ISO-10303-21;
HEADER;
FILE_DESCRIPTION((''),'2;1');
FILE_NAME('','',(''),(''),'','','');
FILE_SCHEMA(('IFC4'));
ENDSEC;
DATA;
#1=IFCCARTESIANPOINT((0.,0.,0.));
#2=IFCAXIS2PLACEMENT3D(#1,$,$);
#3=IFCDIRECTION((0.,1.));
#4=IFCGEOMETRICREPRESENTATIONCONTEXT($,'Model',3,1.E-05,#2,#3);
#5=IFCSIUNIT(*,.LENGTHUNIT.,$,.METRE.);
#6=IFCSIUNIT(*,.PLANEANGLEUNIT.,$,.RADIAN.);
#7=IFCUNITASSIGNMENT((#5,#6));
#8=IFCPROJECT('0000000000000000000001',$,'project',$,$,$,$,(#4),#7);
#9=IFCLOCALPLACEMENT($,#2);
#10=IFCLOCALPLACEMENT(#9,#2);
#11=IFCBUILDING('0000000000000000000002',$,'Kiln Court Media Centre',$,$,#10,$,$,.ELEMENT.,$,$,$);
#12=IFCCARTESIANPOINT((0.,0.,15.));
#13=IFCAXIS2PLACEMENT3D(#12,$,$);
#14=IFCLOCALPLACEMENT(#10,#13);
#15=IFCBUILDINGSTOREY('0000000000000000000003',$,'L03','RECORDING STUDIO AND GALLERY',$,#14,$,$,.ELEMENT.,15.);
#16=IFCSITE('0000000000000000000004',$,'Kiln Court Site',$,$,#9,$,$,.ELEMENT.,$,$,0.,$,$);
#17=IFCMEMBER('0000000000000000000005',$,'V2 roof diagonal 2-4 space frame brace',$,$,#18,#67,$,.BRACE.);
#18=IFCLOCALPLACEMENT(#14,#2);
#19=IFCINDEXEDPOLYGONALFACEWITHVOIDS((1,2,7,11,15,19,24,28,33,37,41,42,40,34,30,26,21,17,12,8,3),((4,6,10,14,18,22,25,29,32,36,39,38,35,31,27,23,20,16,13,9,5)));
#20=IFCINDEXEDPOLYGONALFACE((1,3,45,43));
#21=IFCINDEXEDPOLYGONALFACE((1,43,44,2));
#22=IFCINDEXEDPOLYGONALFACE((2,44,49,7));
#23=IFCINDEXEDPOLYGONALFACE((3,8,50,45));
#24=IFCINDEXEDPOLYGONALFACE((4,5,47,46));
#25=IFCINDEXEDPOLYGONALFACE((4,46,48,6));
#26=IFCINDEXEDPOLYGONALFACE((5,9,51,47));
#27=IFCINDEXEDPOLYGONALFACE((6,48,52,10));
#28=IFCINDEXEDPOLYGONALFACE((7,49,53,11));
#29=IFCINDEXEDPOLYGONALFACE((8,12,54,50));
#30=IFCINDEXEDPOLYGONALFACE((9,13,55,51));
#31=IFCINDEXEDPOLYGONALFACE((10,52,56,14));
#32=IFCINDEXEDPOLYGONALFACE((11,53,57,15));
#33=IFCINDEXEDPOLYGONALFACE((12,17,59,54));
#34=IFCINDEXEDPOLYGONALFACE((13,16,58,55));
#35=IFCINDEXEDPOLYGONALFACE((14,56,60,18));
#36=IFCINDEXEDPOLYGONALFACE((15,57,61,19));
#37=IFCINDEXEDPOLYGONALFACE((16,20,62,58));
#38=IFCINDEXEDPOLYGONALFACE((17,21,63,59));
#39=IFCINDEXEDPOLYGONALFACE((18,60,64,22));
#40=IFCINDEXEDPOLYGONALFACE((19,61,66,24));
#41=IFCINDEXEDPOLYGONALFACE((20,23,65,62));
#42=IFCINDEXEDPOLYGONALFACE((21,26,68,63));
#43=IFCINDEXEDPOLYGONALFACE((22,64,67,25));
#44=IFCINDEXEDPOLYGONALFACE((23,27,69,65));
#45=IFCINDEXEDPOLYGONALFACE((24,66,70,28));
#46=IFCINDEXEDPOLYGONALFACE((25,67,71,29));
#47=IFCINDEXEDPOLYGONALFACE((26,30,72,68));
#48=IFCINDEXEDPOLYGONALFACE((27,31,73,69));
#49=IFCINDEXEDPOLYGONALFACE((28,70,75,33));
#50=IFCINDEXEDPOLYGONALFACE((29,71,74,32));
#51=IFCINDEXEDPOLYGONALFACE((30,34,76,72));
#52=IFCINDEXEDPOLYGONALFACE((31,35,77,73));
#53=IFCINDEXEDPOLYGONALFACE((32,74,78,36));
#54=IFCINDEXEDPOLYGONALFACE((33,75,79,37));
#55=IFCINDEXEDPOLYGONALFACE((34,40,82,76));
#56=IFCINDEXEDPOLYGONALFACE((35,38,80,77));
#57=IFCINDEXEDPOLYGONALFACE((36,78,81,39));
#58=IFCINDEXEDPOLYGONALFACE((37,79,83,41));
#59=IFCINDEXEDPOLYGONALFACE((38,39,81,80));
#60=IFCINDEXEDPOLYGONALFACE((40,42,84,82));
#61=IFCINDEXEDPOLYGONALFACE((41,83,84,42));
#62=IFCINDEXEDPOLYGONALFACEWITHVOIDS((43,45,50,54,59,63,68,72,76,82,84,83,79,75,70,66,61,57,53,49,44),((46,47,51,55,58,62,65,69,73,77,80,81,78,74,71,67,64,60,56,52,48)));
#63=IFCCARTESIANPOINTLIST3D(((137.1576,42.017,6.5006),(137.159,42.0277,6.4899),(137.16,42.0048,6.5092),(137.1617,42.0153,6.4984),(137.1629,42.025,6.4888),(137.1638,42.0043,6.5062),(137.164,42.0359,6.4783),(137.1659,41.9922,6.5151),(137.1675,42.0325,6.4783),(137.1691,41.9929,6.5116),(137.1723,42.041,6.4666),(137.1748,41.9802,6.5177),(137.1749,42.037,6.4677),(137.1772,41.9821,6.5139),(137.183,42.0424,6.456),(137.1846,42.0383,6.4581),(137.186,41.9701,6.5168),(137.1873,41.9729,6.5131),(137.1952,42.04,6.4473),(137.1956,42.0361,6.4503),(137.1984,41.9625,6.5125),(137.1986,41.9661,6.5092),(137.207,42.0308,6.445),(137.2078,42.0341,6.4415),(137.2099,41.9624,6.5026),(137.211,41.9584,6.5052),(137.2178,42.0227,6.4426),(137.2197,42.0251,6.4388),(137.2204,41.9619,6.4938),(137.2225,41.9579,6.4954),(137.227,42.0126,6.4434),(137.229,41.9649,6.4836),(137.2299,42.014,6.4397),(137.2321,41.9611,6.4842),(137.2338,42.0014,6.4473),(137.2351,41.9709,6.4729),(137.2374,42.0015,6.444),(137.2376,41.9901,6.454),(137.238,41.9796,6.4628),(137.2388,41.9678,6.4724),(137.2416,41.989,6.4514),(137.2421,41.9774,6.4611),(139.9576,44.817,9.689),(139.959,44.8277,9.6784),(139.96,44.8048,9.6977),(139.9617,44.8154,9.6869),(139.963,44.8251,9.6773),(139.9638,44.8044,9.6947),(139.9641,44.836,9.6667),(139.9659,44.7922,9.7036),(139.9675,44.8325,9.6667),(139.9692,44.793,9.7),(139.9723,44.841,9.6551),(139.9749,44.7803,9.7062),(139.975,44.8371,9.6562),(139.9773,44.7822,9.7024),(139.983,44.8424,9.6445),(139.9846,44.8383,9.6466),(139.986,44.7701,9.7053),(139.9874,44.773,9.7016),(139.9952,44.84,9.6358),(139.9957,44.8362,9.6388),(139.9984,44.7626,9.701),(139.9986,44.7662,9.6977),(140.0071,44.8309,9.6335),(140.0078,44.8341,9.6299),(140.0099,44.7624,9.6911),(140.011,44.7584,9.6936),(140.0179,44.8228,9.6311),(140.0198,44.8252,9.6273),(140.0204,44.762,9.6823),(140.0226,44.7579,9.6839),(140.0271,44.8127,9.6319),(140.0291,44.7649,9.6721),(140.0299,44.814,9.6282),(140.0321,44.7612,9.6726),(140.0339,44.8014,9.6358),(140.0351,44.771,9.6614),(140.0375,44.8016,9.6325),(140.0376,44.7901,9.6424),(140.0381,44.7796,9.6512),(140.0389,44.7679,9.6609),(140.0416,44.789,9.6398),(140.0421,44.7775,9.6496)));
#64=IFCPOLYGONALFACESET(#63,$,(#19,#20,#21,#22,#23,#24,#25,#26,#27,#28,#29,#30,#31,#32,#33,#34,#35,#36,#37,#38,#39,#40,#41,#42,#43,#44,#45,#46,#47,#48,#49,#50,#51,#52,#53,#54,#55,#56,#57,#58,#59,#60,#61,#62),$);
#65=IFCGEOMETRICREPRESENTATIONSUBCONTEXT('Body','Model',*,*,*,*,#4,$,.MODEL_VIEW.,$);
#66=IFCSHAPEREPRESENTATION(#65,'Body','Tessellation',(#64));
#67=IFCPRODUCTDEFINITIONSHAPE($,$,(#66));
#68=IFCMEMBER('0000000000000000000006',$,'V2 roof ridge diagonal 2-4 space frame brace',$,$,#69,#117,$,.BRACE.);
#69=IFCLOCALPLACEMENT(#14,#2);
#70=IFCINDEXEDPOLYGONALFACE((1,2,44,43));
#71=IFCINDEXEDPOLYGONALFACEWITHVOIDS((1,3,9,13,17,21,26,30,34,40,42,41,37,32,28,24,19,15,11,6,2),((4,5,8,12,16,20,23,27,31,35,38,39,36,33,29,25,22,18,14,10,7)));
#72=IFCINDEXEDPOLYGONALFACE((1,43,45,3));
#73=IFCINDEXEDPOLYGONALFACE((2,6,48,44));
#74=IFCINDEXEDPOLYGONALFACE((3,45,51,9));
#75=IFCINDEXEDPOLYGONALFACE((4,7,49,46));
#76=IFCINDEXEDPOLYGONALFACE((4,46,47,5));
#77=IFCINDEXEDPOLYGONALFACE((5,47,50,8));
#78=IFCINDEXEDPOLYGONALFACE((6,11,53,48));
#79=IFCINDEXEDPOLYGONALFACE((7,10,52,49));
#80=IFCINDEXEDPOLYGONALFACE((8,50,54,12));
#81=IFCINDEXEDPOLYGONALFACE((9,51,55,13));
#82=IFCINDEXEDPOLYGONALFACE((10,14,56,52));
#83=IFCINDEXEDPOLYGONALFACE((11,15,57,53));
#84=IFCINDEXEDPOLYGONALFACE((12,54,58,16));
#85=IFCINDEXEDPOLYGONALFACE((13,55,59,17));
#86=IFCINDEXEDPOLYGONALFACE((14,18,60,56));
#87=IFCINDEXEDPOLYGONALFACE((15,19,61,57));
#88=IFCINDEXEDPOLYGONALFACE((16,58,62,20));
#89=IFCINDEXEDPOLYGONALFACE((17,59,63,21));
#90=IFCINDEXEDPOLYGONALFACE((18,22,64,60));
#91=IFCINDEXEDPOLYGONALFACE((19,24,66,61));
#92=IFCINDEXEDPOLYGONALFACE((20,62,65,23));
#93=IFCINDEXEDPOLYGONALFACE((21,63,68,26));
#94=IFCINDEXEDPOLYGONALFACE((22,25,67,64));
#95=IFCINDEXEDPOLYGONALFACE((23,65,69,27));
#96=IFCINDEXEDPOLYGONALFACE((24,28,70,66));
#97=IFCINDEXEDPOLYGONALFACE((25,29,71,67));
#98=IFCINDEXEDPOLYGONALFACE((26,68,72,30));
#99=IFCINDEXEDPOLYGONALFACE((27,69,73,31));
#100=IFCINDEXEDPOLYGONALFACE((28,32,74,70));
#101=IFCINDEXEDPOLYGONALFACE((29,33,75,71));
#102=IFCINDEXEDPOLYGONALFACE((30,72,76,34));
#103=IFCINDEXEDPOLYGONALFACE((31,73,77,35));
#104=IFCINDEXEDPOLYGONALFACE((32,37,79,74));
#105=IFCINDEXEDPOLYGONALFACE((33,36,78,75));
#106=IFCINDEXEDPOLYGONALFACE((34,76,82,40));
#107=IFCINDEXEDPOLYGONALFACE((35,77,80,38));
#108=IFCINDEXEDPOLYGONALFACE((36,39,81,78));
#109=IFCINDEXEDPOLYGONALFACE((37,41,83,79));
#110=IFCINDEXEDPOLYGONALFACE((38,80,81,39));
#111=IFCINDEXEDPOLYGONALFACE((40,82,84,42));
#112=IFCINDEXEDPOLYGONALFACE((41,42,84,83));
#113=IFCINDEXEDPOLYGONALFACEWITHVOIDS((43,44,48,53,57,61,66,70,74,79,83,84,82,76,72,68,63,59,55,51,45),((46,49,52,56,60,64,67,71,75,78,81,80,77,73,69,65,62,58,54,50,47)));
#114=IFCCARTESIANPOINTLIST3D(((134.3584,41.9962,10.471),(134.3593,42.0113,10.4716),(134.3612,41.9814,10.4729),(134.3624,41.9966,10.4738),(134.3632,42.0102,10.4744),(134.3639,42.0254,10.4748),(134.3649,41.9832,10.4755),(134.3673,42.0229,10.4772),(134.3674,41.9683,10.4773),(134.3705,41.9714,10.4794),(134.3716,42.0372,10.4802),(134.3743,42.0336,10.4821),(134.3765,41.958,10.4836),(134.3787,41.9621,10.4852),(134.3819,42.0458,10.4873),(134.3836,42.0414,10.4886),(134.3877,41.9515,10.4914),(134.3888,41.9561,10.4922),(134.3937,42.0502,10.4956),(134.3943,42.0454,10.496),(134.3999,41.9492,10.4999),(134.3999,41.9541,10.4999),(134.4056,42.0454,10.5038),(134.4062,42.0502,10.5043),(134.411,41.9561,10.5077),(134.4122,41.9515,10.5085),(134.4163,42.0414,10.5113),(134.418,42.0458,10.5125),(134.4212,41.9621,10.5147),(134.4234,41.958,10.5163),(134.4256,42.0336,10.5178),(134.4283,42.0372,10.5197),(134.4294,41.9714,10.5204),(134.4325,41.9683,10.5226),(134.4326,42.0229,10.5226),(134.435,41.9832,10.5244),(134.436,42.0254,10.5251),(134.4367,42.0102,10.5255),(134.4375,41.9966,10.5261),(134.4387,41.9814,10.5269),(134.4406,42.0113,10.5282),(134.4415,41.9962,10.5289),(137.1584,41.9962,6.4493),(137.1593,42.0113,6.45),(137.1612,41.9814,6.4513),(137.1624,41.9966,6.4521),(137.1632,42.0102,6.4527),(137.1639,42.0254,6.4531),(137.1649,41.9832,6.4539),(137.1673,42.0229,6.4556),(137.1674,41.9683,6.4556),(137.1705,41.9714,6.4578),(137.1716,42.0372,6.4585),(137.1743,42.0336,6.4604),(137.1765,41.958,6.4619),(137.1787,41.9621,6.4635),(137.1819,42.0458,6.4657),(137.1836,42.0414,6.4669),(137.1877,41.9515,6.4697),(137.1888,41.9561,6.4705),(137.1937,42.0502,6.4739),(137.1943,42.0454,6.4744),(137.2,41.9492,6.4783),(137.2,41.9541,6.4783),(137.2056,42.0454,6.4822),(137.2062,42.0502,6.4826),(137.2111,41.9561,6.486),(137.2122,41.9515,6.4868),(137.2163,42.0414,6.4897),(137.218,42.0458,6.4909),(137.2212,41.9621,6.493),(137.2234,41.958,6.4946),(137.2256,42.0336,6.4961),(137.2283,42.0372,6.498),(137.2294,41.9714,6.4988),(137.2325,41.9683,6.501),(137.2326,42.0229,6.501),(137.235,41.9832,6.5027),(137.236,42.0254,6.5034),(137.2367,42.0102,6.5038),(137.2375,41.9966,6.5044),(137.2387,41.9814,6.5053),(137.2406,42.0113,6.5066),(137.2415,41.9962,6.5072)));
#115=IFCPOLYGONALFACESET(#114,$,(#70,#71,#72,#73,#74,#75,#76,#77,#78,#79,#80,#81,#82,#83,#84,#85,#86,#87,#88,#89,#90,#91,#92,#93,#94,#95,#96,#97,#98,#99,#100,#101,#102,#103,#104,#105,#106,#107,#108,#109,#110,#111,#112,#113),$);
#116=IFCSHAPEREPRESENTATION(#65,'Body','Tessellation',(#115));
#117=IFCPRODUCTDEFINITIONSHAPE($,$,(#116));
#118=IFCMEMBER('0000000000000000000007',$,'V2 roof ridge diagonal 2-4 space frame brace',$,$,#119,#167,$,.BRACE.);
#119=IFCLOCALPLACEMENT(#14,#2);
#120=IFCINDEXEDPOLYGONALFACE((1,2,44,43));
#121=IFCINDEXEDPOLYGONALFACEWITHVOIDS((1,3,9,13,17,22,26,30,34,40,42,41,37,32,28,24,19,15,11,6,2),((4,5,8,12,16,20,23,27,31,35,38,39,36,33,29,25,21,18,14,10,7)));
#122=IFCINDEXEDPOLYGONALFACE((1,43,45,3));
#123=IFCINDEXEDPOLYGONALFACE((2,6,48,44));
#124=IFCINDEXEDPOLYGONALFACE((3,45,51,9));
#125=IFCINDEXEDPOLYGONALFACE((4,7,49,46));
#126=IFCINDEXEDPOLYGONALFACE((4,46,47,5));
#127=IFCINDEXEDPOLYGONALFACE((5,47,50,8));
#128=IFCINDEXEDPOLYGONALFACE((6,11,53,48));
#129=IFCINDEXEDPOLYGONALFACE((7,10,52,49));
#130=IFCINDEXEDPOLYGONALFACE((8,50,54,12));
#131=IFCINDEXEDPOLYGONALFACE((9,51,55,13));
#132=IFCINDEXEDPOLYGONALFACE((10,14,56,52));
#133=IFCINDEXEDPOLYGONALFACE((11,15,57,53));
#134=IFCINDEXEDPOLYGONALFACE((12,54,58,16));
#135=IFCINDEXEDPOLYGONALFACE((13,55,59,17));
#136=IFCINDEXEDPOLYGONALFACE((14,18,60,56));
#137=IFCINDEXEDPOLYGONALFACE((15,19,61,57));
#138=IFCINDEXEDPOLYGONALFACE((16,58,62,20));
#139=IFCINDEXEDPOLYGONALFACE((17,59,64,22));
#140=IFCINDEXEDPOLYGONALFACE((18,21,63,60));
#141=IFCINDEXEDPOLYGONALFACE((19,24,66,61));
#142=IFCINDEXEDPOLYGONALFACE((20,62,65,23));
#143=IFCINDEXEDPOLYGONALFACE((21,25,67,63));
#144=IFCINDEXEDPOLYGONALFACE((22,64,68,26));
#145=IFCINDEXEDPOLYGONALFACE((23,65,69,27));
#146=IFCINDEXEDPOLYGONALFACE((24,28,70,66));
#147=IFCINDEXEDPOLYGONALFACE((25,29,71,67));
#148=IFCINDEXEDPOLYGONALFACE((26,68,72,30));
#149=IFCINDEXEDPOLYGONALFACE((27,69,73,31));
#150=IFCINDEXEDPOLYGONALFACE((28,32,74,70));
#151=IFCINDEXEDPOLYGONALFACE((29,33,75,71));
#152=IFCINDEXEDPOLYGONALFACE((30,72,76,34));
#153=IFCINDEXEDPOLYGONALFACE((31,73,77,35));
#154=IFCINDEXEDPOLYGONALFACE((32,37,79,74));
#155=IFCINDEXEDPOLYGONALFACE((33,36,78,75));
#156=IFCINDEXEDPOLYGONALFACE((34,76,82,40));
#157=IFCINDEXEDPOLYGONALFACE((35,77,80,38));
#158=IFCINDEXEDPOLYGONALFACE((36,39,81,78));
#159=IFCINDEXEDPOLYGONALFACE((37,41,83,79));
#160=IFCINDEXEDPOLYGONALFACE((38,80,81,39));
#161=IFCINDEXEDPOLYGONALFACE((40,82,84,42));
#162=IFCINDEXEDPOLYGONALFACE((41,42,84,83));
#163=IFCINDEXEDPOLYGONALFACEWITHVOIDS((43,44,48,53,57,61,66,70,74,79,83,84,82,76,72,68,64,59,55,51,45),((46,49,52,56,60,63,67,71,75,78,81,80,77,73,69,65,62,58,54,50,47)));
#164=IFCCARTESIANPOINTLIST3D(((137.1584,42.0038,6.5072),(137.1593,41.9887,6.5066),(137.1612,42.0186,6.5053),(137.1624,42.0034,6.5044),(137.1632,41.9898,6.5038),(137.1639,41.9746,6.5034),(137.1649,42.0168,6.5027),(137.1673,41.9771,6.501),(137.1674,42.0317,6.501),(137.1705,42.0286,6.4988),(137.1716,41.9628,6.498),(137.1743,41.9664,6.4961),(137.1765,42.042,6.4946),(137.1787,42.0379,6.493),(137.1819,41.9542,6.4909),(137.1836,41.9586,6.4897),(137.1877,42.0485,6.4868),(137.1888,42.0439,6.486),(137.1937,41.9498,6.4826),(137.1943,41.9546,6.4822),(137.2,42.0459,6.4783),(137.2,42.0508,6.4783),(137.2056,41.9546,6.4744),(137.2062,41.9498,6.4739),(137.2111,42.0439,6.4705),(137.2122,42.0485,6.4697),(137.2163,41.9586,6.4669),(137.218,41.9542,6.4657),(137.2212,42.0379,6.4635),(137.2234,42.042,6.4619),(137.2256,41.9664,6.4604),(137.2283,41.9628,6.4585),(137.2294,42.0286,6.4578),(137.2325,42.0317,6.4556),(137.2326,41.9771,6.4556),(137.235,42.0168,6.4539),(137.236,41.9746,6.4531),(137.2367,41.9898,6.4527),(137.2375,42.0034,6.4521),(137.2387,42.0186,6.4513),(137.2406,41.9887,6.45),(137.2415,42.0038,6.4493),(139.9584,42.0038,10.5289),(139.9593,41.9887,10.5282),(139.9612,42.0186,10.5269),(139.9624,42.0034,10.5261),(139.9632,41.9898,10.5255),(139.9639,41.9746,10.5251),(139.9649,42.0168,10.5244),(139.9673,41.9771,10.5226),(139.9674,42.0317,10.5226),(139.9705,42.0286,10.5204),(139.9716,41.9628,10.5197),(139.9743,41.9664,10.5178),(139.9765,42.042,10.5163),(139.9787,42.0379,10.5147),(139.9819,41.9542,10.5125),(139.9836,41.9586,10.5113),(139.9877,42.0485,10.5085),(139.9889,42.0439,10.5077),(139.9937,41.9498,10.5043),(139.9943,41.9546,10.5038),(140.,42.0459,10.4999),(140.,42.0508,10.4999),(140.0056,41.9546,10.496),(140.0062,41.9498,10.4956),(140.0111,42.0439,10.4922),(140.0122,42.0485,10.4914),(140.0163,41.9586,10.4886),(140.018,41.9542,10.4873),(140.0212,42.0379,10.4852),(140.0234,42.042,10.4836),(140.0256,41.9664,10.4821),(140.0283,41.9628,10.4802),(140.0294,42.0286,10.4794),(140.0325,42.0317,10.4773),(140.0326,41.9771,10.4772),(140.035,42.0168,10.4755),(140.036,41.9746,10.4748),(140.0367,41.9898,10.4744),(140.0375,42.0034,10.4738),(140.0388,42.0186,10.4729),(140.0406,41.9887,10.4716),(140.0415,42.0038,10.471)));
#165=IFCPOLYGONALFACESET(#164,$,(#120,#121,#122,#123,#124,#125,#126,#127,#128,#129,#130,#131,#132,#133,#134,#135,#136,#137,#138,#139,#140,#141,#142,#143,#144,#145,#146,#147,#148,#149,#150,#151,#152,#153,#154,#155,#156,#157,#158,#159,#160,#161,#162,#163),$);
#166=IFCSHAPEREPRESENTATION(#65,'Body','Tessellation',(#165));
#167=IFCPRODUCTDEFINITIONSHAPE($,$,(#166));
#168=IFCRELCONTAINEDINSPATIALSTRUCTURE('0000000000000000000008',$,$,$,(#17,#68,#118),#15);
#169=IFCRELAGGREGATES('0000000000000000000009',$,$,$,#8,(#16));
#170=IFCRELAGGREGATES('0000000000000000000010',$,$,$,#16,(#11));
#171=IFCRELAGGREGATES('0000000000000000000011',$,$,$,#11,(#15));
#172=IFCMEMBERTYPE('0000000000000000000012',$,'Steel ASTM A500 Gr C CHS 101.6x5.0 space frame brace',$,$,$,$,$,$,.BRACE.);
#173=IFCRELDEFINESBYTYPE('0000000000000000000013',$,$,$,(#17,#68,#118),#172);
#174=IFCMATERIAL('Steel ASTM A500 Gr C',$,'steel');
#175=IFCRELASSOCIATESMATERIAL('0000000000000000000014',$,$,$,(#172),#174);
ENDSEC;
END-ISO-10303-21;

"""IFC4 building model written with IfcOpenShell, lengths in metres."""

from ifc_helpers import new_model, si_unit, direction, frame, origin, origin_2d, place, context, subcontext, project, spatial, hollow_circle, extrude, material, material_profile, profile_set, type_object, element, save


model = new_model("IFC4")

# Units and contexts
model_context = context("Model", 3, precision=1e-05, world=origin(), true_north=direction((0.0, 1.0)))
body_context = subcontext(model_context, "Body", "Model", "MODEL_VIEW")
ifc_project = project(units=[si_unit("LENGTHUNIT", "METRE"), si_unit("PLANEANGLEUNIT", "RADIAN")], contexts=[model_context])

# Site, building, storey
site_placement = place(None, origin())
site = spatial("IfcSite", under=ifc_project, at=site_placement, Name="Kiln Court Site", CompositionType="ELEMENT", RefElevation=0.0)
building_placement = place(site_placement, origin())
building = spatial("IfcBuilding", under=site, at=building_placement, Name="Kiln Court Media Centre", CompositionType="ELEMENT")
storey_placement = place(building_placement, frame((0.0, 0.0, 15.0)))
storey = spatial("IfcBuildingStorey", under=building, at=storey_placement, Name="L03", Description="RECORDING STUDIO AND GALLERY", CompositionType="ELEMENT", Elevation=15.0)

# Members
ifc_material_1 = material(Name="Steel ASTM A500 Gr C", Category="steel")
ifc_material_profile_1 = material_profile(ifc_material_1, hollow_circle(Radius=0.0508, WallThickness=0.0049, at=origin_2d()), Name="CHS 101.6x5.0")
ifc_profile_set_1 = profile_set([ifc_material_profile_1], Name="Steel ASTM A500 Gr C")
member_type_1 = type_object("IfcMemberType", Name="Steel ASTM A500 Gr C CHS 101.6x5.0 space frame brace", PredefinedType="BRACE", material=ifc_profile_set_1)
member_1_placement = place(storey_placement, frame((137.2, 42.0, 6.4783), z_axis=(0.550758, 0.550758, 0.627161), x_axis=(-0.707107, 0.707107, 0.0)))
element("IfcMember", 1, at=member_1_placement, inside=storey, type_object=member_type_1, Name="V2 roof diagonal 2-4 space frame brace", PredefinedType="BRACE", context=body_context, shape_type="SweptSolid", body=[
    extrude(hollow_circle(Radius=0.0508, WallThickness=0.0049, at=origin_2d()), origin(), (0.0, 0.0, 1.0), 5.084),
])
for number, where, z_axis, x_axis, name in (
    (2, (137.2, 42.0, 6.4783), (-0.571384, 0.0, 0.820683), (0.0, -1.0, 0.0), "V2 roof ridge diagonal 2-4 space frame brace"),
    (3, (137.2, 42.0, 6.4783), (0.571384, 0.0, 0.820683), (0.0, 1.0, 0.0), "V2 roof ridge diagonal 2-4 space frame brace"),
):
    element("IfcMember", number, at=place(storey_placement, frame(where, z_axis=z_axis, x_axis=x_axis)), inside=storey, type_object=member_type_1, Name=name, PredefinedType="BRACE", context=body_context, shape_type="SweptSolid", body=[
        extrude(hollow_circle(Radius=0.0508, WallThickness=0.0049, at=origin_2d()), origin(), (0.0, 0.0, 1.0), 4.9004),
    ])

save(model, "model.ifc")
